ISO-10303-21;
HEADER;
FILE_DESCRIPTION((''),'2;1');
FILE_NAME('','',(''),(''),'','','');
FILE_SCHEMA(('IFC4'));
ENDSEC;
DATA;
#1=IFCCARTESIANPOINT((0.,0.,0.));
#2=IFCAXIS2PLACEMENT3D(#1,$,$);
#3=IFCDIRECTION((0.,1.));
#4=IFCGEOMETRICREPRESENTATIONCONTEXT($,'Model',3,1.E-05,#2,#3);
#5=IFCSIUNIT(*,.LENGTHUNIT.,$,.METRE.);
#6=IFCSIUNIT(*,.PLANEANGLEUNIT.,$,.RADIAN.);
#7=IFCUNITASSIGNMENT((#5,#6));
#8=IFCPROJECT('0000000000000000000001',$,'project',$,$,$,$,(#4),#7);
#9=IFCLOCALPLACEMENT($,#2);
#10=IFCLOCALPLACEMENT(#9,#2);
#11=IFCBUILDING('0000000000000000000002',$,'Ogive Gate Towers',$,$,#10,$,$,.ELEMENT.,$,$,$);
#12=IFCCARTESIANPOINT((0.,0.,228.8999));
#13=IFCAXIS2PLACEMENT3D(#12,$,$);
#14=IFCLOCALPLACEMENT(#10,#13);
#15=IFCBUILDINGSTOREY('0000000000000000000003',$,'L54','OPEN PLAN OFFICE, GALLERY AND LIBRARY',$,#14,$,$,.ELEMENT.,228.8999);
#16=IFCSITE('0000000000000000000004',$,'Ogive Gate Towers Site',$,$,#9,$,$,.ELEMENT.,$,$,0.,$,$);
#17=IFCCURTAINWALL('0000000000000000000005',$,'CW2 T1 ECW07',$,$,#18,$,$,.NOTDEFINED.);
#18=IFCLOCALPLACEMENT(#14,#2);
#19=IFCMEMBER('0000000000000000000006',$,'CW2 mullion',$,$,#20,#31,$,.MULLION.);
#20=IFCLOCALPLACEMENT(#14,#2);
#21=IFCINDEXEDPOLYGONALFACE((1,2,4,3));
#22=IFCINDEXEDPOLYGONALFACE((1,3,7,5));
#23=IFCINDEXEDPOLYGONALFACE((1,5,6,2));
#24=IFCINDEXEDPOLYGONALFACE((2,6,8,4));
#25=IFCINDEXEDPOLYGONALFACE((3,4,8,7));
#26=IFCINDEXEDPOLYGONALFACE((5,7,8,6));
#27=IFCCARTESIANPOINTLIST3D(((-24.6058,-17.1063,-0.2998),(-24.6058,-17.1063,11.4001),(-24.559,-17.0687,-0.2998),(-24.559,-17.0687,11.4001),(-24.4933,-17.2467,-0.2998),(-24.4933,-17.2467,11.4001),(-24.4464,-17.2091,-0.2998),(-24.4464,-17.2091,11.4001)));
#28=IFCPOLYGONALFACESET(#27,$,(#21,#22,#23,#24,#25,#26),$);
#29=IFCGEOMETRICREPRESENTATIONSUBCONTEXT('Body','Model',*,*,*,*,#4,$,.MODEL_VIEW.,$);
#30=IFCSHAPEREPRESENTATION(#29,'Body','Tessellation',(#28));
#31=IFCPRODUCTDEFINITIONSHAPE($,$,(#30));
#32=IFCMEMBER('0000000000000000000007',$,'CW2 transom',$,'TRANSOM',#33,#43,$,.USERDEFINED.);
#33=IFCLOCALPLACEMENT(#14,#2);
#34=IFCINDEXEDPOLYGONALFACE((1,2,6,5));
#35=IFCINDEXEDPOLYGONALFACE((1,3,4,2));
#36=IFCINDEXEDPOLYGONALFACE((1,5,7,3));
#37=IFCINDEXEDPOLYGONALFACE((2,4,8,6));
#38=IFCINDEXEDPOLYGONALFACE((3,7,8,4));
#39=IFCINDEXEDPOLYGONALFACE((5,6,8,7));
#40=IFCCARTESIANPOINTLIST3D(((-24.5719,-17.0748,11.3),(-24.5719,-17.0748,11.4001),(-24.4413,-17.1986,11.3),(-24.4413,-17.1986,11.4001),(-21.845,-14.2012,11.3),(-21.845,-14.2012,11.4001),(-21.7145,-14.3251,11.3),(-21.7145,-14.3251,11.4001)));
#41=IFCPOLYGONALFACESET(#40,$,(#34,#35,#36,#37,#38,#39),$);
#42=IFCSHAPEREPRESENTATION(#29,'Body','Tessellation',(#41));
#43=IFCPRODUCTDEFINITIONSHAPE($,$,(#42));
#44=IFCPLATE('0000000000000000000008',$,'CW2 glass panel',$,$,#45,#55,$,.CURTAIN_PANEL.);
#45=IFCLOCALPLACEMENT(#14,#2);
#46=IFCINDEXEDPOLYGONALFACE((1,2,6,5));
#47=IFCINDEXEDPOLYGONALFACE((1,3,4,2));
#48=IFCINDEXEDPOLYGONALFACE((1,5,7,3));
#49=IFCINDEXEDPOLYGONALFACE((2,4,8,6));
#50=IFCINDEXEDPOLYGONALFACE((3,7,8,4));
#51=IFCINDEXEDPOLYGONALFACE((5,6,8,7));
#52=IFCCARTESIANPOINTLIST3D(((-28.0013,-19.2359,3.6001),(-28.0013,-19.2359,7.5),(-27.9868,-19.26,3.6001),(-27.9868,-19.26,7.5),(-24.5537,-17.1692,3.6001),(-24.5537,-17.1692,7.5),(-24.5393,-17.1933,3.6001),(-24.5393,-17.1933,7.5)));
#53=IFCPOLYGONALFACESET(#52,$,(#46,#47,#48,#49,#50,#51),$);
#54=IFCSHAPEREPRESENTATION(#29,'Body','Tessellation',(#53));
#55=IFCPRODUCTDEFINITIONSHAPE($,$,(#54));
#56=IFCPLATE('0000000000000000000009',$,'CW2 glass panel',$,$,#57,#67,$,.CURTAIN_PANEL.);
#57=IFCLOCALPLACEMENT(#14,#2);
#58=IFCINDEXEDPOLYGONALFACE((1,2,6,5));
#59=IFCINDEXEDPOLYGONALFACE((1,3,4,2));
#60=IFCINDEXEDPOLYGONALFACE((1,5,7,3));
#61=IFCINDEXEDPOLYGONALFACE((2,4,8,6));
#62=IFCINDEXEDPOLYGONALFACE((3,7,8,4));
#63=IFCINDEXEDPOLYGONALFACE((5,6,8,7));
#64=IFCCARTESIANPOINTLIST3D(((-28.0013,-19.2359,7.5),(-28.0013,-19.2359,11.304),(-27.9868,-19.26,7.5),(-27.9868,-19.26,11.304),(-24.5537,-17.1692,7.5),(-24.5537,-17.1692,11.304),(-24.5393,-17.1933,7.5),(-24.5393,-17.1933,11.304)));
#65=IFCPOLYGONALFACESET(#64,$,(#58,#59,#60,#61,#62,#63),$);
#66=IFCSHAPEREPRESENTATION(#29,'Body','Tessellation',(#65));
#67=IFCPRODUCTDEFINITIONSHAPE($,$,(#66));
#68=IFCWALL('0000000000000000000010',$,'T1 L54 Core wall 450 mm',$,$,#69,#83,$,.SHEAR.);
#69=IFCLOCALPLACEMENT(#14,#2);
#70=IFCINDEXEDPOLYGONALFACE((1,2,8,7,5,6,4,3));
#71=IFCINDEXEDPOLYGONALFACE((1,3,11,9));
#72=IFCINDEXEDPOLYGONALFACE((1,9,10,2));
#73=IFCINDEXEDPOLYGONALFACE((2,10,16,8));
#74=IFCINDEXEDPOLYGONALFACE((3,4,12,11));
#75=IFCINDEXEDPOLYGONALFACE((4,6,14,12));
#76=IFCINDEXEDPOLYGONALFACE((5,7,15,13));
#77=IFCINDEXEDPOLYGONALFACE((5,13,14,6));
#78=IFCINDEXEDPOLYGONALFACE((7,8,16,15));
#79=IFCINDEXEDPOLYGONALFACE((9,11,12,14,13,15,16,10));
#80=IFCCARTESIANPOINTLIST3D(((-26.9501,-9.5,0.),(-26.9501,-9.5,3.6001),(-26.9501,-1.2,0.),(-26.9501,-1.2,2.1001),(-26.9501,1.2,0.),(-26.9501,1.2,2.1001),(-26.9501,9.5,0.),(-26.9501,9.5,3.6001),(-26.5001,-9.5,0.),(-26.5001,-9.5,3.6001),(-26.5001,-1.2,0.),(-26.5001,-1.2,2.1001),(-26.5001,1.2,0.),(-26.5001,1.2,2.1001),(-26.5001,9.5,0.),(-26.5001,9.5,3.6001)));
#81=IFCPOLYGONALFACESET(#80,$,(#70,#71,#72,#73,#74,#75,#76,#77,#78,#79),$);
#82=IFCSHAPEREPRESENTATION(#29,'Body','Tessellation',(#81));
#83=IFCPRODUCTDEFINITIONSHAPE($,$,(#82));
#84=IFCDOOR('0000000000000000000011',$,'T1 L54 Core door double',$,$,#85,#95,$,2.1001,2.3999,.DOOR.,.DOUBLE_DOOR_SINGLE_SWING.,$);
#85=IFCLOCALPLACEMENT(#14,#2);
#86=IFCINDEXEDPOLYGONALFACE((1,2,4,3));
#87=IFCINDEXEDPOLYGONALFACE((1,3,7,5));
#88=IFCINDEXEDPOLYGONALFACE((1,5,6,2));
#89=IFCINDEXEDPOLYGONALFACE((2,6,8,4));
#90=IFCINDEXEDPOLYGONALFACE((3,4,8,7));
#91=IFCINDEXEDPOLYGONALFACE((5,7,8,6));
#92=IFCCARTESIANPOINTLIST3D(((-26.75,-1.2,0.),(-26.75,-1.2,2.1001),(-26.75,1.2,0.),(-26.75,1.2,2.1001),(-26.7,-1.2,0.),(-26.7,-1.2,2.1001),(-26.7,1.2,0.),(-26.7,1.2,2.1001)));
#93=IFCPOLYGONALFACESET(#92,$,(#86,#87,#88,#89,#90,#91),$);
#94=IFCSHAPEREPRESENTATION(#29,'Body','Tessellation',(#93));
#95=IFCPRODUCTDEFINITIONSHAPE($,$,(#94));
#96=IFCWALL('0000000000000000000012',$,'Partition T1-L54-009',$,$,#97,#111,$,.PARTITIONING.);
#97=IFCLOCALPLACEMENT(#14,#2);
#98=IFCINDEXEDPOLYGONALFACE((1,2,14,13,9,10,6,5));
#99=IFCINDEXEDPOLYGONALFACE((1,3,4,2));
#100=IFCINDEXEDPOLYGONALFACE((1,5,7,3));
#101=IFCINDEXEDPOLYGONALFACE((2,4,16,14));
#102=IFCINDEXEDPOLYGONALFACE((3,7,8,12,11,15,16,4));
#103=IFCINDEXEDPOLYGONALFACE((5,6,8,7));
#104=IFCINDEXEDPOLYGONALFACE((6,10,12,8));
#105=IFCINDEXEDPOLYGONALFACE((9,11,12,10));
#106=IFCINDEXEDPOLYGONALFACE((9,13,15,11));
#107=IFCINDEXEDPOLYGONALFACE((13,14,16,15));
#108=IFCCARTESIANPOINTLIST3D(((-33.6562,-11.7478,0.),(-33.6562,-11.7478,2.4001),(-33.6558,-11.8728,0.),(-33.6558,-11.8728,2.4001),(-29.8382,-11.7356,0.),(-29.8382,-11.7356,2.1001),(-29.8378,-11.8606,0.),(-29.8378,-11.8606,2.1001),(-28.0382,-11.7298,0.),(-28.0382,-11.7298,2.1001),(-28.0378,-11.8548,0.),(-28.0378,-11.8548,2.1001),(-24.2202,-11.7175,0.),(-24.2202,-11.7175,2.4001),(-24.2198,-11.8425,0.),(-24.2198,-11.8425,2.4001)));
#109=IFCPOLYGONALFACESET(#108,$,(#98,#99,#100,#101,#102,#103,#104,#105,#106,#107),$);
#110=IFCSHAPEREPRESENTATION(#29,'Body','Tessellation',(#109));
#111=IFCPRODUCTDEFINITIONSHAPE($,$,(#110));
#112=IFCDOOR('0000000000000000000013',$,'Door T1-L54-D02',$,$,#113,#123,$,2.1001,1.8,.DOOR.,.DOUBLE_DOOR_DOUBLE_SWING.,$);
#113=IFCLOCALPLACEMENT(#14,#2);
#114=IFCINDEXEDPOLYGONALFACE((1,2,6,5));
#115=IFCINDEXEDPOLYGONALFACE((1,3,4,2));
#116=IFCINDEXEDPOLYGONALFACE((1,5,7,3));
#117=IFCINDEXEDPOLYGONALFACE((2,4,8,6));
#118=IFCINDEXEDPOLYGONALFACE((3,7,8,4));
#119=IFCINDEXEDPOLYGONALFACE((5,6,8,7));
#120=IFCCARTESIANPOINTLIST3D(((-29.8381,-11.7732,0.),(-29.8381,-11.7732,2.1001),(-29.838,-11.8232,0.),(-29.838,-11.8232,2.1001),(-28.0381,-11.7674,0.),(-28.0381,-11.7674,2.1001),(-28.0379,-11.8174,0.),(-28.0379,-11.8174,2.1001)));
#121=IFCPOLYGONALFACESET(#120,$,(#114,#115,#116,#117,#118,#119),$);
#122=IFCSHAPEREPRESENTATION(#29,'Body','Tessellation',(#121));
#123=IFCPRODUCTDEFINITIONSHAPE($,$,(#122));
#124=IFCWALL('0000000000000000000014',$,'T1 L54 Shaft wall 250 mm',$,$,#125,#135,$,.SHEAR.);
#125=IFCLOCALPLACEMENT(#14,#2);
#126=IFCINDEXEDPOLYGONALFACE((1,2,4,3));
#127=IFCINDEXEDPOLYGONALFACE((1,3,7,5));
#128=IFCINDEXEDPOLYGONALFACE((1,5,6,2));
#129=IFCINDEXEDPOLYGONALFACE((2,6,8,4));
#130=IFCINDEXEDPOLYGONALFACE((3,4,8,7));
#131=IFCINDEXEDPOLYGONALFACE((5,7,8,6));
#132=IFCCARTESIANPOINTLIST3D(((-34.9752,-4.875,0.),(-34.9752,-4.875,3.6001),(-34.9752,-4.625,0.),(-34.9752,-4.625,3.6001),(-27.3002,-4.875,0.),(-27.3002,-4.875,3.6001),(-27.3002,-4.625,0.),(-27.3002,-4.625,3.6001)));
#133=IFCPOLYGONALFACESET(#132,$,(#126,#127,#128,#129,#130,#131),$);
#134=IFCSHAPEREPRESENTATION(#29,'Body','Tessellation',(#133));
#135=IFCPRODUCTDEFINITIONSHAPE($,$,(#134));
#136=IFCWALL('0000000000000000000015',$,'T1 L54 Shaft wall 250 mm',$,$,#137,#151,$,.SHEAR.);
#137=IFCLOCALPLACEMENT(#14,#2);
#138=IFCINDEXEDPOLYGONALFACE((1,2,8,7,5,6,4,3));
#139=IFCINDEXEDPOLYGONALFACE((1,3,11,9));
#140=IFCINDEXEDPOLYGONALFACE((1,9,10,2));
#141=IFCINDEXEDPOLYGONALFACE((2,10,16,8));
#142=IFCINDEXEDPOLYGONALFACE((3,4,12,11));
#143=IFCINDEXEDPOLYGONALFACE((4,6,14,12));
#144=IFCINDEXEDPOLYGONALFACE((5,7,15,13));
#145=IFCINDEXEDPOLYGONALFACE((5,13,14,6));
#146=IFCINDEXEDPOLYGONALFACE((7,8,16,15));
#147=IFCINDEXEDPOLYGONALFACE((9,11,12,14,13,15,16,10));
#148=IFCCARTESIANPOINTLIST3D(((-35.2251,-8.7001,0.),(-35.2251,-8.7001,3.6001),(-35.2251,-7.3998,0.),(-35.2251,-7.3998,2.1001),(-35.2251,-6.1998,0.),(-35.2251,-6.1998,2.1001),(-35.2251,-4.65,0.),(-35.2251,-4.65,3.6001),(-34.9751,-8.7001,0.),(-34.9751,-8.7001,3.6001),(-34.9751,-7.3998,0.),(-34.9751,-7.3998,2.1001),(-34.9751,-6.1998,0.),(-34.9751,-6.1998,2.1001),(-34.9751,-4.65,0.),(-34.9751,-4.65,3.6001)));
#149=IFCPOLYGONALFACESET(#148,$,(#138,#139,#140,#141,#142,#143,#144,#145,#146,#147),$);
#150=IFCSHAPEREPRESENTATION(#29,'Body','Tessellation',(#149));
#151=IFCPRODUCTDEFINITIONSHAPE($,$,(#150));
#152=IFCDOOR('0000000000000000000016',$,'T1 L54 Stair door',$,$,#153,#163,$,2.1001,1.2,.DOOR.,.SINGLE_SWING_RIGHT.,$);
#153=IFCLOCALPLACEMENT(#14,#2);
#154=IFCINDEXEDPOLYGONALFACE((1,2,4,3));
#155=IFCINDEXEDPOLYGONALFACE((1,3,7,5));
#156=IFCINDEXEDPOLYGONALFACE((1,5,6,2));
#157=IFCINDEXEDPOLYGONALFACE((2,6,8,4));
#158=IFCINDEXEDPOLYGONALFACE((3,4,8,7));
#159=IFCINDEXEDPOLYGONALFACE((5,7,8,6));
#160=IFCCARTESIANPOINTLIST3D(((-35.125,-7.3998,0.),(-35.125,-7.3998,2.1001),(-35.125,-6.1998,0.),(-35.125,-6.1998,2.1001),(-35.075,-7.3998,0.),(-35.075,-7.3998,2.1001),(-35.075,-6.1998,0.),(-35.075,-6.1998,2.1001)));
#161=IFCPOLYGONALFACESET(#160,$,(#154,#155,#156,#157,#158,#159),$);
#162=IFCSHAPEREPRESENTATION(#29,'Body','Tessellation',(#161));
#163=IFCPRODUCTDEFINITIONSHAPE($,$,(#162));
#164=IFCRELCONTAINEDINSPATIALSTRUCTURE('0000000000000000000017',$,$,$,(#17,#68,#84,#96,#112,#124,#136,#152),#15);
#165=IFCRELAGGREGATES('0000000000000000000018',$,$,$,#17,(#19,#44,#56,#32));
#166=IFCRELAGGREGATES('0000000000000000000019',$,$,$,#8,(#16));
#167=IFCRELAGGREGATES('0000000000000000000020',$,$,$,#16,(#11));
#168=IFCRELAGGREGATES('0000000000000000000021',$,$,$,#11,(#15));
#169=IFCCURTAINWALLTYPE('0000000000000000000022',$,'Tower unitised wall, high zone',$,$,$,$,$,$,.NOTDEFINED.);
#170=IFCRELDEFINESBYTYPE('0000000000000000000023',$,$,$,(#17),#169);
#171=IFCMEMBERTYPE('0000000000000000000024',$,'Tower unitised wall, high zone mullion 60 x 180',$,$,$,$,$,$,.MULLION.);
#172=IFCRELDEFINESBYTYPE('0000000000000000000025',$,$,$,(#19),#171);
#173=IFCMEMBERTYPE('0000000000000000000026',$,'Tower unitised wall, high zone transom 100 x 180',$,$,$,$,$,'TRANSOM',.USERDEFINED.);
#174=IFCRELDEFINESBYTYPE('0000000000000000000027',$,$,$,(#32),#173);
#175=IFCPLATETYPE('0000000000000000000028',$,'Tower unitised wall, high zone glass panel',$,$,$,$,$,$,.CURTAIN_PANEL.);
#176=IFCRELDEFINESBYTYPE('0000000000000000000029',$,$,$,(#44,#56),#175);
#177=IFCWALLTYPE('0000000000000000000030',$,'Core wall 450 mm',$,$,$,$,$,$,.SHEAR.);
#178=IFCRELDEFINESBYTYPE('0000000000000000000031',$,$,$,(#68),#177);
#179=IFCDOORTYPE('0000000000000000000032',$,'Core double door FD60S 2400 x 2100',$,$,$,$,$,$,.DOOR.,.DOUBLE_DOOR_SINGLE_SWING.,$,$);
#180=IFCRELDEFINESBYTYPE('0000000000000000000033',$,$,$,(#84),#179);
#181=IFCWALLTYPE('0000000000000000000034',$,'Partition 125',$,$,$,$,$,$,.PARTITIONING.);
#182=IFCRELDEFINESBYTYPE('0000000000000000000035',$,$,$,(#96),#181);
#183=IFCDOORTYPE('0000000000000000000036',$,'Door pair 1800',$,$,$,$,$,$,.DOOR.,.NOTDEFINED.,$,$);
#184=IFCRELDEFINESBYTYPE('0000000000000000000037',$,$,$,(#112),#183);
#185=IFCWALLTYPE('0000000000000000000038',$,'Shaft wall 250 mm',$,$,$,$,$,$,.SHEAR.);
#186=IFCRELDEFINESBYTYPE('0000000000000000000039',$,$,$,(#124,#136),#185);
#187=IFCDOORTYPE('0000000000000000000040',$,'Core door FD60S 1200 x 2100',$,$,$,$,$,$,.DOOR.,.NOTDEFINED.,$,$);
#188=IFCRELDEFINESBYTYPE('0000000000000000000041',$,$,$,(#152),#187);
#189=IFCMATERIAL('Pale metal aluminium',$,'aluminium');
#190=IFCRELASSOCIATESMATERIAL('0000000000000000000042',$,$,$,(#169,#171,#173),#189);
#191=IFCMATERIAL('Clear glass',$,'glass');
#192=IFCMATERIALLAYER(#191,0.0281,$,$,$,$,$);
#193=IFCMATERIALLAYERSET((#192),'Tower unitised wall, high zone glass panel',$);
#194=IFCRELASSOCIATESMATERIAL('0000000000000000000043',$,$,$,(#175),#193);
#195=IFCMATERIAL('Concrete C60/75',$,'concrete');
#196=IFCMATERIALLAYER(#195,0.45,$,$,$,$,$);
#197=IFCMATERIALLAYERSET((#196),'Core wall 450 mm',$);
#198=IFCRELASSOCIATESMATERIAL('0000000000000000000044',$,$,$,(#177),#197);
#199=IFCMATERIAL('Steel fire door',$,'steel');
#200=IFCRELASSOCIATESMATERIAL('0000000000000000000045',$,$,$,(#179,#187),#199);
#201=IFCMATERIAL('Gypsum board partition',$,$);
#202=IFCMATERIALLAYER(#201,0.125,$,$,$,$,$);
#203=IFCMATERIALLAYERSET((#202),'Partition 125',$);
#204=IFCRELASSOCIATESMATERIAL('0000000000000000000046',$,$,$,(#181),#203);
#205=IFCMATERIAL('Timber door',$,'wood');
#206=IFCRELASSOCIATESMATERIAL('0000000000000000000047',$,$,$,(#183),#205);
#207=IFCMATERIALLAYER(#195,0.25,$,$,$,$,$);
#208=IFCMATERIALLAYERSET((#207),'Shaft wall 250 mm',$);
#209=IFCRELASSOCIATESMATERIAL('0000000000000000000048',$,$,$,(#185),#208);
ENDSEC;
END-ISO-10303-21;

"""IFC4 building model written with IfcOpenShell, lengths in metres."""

from ifc_helpers import new_model, si_unit, direction, frame, frame_2d, origin, origin_2d, place, context, subcontext, project, spatial, rectangle, extrude, material, layer, layer_set, material_profile, profile_set, type_object, element, fill, aggregate, save


model = new_model("IFC4")

# Units and contexts
model_context = context("Model", 3, precision=1e-05, world=origin(), true_north=direction((0.0, 1.0)))
body_context = subcontext(model_context, "Body", "Model", "MODEL_VIEW")
ifc_project = project(units=[si_unit("LENGTHUNIT", "METRE"), si_unit("PLANEANGLEUNIT", "RADIAN")], contexts=[model_context])

# Site, building, storey
site_placement = place(None, origin())
site = spatial("IfcSite", under=ifc_project, at=site_placement, Name="Ogive Gate Towers Site", CompositionType="ELEMENT", RefElevation=0.0)
building_placement = place(site_placement, origin())
building = spatial("IfcBuilding", under=site, at=building_placement, Name="Ogive Gate Towers", CompositionType="ELEMENT")
storey_placement = place(building_placement, frame((0.0, 0.0, 228.8999)))
storey = spatial("IfcBuildingStorey", under=building, at=storey_placement, Name="L54", Description="OPEN PLAN OFFICE, GALLERY AND LIBRARY", CompositionType="ELEMENT", Elevation=228.8999)

# Curtain wall, members, plates
ifc_material_1 = material(Name="Pale metal aluminium", Category="aluminium")
curtain_wall_type = type_object("IfcCurtainWallType", Name="Tower unitised wall, high zone", PredefinedType="NOTDEFINED", material=ifc_material_1)
curtain_wall_placement = place(storey_placement, origin())
curtain_wall = element("IfcCurtainWall", 1, at=curtain_wall_placement, inside=storey, type_object=curtain_wall_type, Name="CW2 T1 ECW07", PredefinedType="NOTDEFINED")
ifc_material_profile_1 = material_profile(ifc_material_1, rectangle(XDim=0.1799, YDim=0.0601, at=origin_2d()), Name="60 x 180 aluminium box")
ifc_profile_set_1 = profile_set([ifc_material_profile_1], Name="Pale metal aluminium")
member_type_1 = type_object("IfcMemberType", Name="Tower unitised wall, high zone mullion 60 x 180", PredefinedType="MULLION", material=ifc_profile_set_1)
member_1_placement = place(storey_placement, frame((-24.5261, -17.1577, -0.2998), z_axis=(0.0, 0.0, 1.0), x_axis=(0.625529, -0.780201, 0.0)))
member_1 = element("IfcMember", 2, at=member_1_placement, type_object=member_type_1, Name="CW2 mullion", PredefinedType="MULLION", context=body_context, shape_type="SweptSolid", body=[
    extrude(rectangle(XDim=0.1799, YDim=0.0601, at=origin_2d()), origin(), (0.0, 0.0, 1.0), 11.7),
])
ifc_material_profile_2 = material_profile(ifc_material_1, rectangle(XDim=0.1799, YDim=0.1001, at=origin_2d()), Name="100 x 180 aluminium box")
ifc_profile_set_2 = profile_set([ifc_material_profile_2], Name="Pale metal aluminium")
member_type_2 = type_object("IfcMemberType", Name="Tower unitised wall, high zone transom 100 x 180", ElementType="TRANSOM", PredefinedType="USERDEFINED", material=ifc_profile_set_2)
member_2_placement = place(storey_placement, frame((-24.5066, -17.1367, 11.3501), z_axis=(0.688344, 0.725384, 0.0), x_axis=(-0.725384, 0.688344, 0.0)))
member_2 = element("IfcMember", 3, at=member_2_placement, type_object=member_type_2, Name="CW2 transom", ObjectType="TRANSOM", PredefinedType="USERDEFINED", context=body_context, shape_type="SweptSolid", body=[
    extrude(rectangle(XDim=0.1799, YDim=0.1001, at=origin_2d()), origin(), (0.0, 0.0, 1.0), 3.9614),
])
ifc_material_2 = material(Name="Clear glass", Category="glass")
ifc_layer_1 = layer(ifc_material_2, 0.0281)
ifc_layer_set_1 = layer_set([ifc_layer_1], Name="Tower unitised wall, high zone glass panel")
plate_type = type_object("IfcPlateType", Name="Tower unitised wall, high zone glass panel", PredefinedType="CURTAIN_PANEL", material=ifc_layer_set_1)
plate_1_placement = place(storey_placement, frame((-26.2703, -18.2146, 3.6001), z_axis=(0.0, 0.0, 1.0), x_axis=(0.857697, 0.514155, 0.0)))
plate_1 = element("IfcPlate", 4, at=plate_1_placement, type_object=plate_type, Name="CW2 glass panel", PredefinedType="CURTAIN_PANEL", context=body_context, shape_type="SweptSolid", body=[
    extrude(rectangle(XDim=4.0195, YDim=0.0281, at=origin_2d()), origin(), (0.0, 0.0, 1.0), 3.8999),
])
plate_2_placement = place(storey_placement, frame((-26.2703, -18.2146, 7.5), z_axis=(0.0, 0.0, 1.0), x_axis=(0.857697, 0.514155, 0.0)))
plate_2 = element("IfcPlate", 5, at=plate_2_placement, type_object=plate_type, Name="CW2 glass panel", PredefinedType="CURTAIN_PANEL", context=body_context, shape_type="SweptSolid", body=[
    extrude(rectangle(XDim=4.0195, YDim=0.0281, at=origin_2d()), origin(), (0.0, 0.0, 1.0), 3.804),
])
aggregate(curtain_wall, [member_1, plate_1, plate_2, member_2])

# Walls, openings, doors
ifc_material_3 = material(Name="Concrete C60/75", Category="concrete")
ifc_layer_2 = layer(ifc_material_3, 0.45)
ifc_layer_set_2 = layer_set([ifc_layer_2], Name="Core wall 450 mm")
wall_type_1 = type_object("IfcWallType", Name="Core wall 450 mm", PredefinedType="SHEAR", material=ifc_layer_set_2)
wall_1_placement = place(storey_placement, frame((-26.7251, -9.5, 0.0), z_axis=(0.0, 0.0, 1.0), x_axis=(0.0, 1.0, 0.0)))
wall_1 = element("IfcWall", 6, at=wall_1_placement, inside=storey, type_object=wall_type_1, Name="T1 L54 Core wall 450 mm", PredefinedType="SHEAR", context=body_context, shape_type="SweptSolid", body=[
    extrude(rectangle(XDim=19.0, YDim=0.45, at=frame_2d((9.5, 0.0))), origin(), (0.0, 0.0, 1.0), 3.6001),
])
opening_1_placement = place(wall_1_placement, frame((8.3, 0.0, 0.0)))
opening_1 = element("IfcOpeningElement", 7, at=opening_1_placement, cuts=wall_1, PredefinedType="OPENING", context=body_context, shape_type="SweptSolid", body=[
    extrude(rectangle(XDim=2.3999, YDim=2.1001, at=frame_2d((1.2, 1.05))), frame((0.0, 0.2349, 0.0), z_axis=(0.0, -1.0, 0.0), x_axis=(1.0, 0.0, 0.0)), (0.0, 0.0, 1.0), 0.47),
])
ifc_material_4 = material(Name="Steel fire door", Category="steel")
door_type_1 = type_object("IfcDoorType", Name="Core double door FD60S 2400 x 2100", OperationType="DOUBLE_DOOR_SINGLE_SWING", PredefinedType="DOOR", material=ifc_material_4)
door_1_placement = place(opening_1_placement, origin())
door_1 = element("IfcDoor", 8, at=door_1_placement, inside=storey, type_object=door_type_1, Name="T1 L54 Core door double", OperationType="DOUBLE_DOOR_SINGLE_SWING", OverallHeight=2.1001, OverallWidth=2.3999, PredefinedType="DOOR", context=body_context, shape_type="SweptSolid", body=[
    extrude(rectangle(XDim=2.3999, YDim=2.1001, at=frame_2d((1.2, 1.05))), frame((0.0, 0.0249, 0.0), z_axis=(0.0, -1.0, 0.0), x_axis=(1.0, 0.0, 0.0)), (0.0, 0.0, 1.0), 0.05),
])
fill(opening_1, door_1)
ifc_material_5 = material(Name="Gypsum board partition")
ifc_layer_3 = layer(ifc_material_5, 0.125)
ifc_layer_set_3 = layer_set([ifc_layer_3], Name="Partition 125")
wall_type_2 = type_object("IfcWallType", Name="Partition 125", PredefinedType="PARTITIONING", material=ifc_layer_set_3)
wall_2_placement = place(storey_placement, frame((-33.656, -11.8103, 0.0), z_axis=(0.0, 0.0, 1.0), x_axis=(0.999995, 0.003208, 0.0)))
wall_2 = element("IfcWall", 9, at=wall_2_placement, inside=storey, type_object=wall_type_2, Name="Partition T1-L54-009", PredefinedType="PARTITIONING", context=body_context, shape_type="SweptSolid", body=[
    extrude(rectangle(XDim=9.436, YDim=0.125, at=frame_2d((4.718, 0.0))), origin(), (0.0, 0.0, 1.0), 2.4001),
])
opening_2_placement = place(wall_2_placement, frame((3.8181, 0.0, 0.0)))
opening_2 = element("IfcOpeningElement", 10, at=opening_2_placement, cuts=wall_2, PredefinedType="OPENING", context=body_context, shape_type="SweptSolid", body=[
    extrude(rectangle(XDim=1.8, YDim=2.1001, at=frame_2d((0.8999, 1.05))), frame((0.0, 0.0725, 0.0), z_axis=(0.0, -1.0, 0.0), x_axis=(1.0, 0.0, 0.0)), (0.0, 0.0, 1.0), 0.145),
])
ifc_material_6 = material(Name="Timber door", Category="wood")
door_type_2 = type_object("IfcDoorType", Name="Door pair 1800", OperationType="NOTDEFINED", PredefinedType="DOOR", material=ifc_material_6)
door_2_placement = place(opening_2_placement, origin())
door_2 = element("IfcDoor", 11, at=door_2_placement, inside=storey, type_object=door_type_2, Name="Door T1-L54-D02", OperationType="DOUBLE_DOOR_DOUBLE_SWING", OverallHeight=2.1001, OverallWidth=1.8, PredefinedType="DOOR", context=body_context, shape_type="SweptSolid", body=[
    extrude(rectangle(XDim=1.8, YDim=2.1001, at=frame_2d((0.8999, 1.05))), frame((0.0, 0.0249, 0.0), z_axis=(0.0, -1.0, 0.0), x_axis=(1.0, 0.0, 0.0)), (0.0, 0.0, 1.0), 0.05),
])
fill(opening_2, door_2)

# Wall
ifc_layer_4 = layer(ifc_material_3, 0.25)
ifc_layer_set_4 = layer_set([ifc_layer_4], Name="Shaft wall 250 mm")
wall_type_3 = type_object("IfcWallType", Name="Shaft wall 250 mm", PredefinedType="SHEAR", material=ifc_layer_set_4)
wall_3_placement = place(storey_placement, frame((-34.9751, -4.75, 0.0), z_axis=(0.0, 0.0, 1.0), x_axis=(1.0, 0.0, 0.0)))
element("IfcWall", 12, at=wall_3_placement, inside=storey, type_object=wall_type_3, Name="T1 L54 Shaft wall 250 mm", PredefinedType="SHEAR", context=body_context, shape_type="SweptSolid", body=[
    extrude(rectangle(XDim=7.675, YDim=0.25, at=frame_2d((3.8374, 0.0))), origin(), (0.0, 0.0, 1.0), 3.6001),
])

# Wall, opening, door
wall_4_placement = place(storey_placement, frame((-35.1001, -8.7, 0.0), z_axis=(0.0, 0.0, 1.0), x_axis=(0.0, 1.0, 0.0)))
wall_4 = element("IfcWall", 13, at=wall_4_placement, inside=storey, type_object=wall_type_3, Name="T1 L54 Shaft wall 250 mm", PredefinedType="SHEAR", context=body_context, shape_type="SweptSolid", body=[
    extrude(rectangle(XDim=4.05, YDim=0.25, at=frame_2d((2.0249, 0.0))), origin(), (0.0, 0.0, 1.0), 3.6001),
])
opening_3_placement = place(wall_4_placement, frame((1.3, 0.0, 0.0)))
opening_3 = element("IfcOpeningElement", 14, at=opening_3_placement, cuts=wall_4, PredefinedType="OPENING", context=body_context, shape_type="SweptSolid", body=[
    extrude(rectangle(XDim=1.2, YDim=2.1001, at=frame_2d((0.6001, 1.05))), frame((0.0, 0.135, 0.0), z_axis=(0.0, -1.0, 0.0), x_axis=(1.0, 0.0, 0.0)), (0.0, 0.0, 1.0), 0.27),
])
door_type_3 = type_object("IfcDoorType", Name="Core door FD60S 1200 x 2100", OperationType="NOTDEFINED", PredefinedType="DOOR", material=ifc_material_4)
door_3_placement = place(opening_3_placement, origin())
door_3 = element("IfcDoor", 15, at=door_3_placement, inside=storey, type_object=door_type_3, Name="T1 L54 Stair door", OperationType="SINGLE_SWING_RIGHT", OverallHeight=2.1001, OverallWidth=1.2, PredefinedType="DOOR", context=body_context, shape_type="SweptSolid", body=[
    extrude(rectangle(XDim=1.2, YDim=2.1001, at=frame_2d((0.6001, 1.05))), frame((0.0, 0.0249, 0.0), z_axis=(0.0, -1.0, 0.0), x_axis=(1.0, 0.0, 0.0)), (0.0, 0.0, 1.0), 0.05),
])
fill(opening_3, door_3)

save(model, "model.ifc")
